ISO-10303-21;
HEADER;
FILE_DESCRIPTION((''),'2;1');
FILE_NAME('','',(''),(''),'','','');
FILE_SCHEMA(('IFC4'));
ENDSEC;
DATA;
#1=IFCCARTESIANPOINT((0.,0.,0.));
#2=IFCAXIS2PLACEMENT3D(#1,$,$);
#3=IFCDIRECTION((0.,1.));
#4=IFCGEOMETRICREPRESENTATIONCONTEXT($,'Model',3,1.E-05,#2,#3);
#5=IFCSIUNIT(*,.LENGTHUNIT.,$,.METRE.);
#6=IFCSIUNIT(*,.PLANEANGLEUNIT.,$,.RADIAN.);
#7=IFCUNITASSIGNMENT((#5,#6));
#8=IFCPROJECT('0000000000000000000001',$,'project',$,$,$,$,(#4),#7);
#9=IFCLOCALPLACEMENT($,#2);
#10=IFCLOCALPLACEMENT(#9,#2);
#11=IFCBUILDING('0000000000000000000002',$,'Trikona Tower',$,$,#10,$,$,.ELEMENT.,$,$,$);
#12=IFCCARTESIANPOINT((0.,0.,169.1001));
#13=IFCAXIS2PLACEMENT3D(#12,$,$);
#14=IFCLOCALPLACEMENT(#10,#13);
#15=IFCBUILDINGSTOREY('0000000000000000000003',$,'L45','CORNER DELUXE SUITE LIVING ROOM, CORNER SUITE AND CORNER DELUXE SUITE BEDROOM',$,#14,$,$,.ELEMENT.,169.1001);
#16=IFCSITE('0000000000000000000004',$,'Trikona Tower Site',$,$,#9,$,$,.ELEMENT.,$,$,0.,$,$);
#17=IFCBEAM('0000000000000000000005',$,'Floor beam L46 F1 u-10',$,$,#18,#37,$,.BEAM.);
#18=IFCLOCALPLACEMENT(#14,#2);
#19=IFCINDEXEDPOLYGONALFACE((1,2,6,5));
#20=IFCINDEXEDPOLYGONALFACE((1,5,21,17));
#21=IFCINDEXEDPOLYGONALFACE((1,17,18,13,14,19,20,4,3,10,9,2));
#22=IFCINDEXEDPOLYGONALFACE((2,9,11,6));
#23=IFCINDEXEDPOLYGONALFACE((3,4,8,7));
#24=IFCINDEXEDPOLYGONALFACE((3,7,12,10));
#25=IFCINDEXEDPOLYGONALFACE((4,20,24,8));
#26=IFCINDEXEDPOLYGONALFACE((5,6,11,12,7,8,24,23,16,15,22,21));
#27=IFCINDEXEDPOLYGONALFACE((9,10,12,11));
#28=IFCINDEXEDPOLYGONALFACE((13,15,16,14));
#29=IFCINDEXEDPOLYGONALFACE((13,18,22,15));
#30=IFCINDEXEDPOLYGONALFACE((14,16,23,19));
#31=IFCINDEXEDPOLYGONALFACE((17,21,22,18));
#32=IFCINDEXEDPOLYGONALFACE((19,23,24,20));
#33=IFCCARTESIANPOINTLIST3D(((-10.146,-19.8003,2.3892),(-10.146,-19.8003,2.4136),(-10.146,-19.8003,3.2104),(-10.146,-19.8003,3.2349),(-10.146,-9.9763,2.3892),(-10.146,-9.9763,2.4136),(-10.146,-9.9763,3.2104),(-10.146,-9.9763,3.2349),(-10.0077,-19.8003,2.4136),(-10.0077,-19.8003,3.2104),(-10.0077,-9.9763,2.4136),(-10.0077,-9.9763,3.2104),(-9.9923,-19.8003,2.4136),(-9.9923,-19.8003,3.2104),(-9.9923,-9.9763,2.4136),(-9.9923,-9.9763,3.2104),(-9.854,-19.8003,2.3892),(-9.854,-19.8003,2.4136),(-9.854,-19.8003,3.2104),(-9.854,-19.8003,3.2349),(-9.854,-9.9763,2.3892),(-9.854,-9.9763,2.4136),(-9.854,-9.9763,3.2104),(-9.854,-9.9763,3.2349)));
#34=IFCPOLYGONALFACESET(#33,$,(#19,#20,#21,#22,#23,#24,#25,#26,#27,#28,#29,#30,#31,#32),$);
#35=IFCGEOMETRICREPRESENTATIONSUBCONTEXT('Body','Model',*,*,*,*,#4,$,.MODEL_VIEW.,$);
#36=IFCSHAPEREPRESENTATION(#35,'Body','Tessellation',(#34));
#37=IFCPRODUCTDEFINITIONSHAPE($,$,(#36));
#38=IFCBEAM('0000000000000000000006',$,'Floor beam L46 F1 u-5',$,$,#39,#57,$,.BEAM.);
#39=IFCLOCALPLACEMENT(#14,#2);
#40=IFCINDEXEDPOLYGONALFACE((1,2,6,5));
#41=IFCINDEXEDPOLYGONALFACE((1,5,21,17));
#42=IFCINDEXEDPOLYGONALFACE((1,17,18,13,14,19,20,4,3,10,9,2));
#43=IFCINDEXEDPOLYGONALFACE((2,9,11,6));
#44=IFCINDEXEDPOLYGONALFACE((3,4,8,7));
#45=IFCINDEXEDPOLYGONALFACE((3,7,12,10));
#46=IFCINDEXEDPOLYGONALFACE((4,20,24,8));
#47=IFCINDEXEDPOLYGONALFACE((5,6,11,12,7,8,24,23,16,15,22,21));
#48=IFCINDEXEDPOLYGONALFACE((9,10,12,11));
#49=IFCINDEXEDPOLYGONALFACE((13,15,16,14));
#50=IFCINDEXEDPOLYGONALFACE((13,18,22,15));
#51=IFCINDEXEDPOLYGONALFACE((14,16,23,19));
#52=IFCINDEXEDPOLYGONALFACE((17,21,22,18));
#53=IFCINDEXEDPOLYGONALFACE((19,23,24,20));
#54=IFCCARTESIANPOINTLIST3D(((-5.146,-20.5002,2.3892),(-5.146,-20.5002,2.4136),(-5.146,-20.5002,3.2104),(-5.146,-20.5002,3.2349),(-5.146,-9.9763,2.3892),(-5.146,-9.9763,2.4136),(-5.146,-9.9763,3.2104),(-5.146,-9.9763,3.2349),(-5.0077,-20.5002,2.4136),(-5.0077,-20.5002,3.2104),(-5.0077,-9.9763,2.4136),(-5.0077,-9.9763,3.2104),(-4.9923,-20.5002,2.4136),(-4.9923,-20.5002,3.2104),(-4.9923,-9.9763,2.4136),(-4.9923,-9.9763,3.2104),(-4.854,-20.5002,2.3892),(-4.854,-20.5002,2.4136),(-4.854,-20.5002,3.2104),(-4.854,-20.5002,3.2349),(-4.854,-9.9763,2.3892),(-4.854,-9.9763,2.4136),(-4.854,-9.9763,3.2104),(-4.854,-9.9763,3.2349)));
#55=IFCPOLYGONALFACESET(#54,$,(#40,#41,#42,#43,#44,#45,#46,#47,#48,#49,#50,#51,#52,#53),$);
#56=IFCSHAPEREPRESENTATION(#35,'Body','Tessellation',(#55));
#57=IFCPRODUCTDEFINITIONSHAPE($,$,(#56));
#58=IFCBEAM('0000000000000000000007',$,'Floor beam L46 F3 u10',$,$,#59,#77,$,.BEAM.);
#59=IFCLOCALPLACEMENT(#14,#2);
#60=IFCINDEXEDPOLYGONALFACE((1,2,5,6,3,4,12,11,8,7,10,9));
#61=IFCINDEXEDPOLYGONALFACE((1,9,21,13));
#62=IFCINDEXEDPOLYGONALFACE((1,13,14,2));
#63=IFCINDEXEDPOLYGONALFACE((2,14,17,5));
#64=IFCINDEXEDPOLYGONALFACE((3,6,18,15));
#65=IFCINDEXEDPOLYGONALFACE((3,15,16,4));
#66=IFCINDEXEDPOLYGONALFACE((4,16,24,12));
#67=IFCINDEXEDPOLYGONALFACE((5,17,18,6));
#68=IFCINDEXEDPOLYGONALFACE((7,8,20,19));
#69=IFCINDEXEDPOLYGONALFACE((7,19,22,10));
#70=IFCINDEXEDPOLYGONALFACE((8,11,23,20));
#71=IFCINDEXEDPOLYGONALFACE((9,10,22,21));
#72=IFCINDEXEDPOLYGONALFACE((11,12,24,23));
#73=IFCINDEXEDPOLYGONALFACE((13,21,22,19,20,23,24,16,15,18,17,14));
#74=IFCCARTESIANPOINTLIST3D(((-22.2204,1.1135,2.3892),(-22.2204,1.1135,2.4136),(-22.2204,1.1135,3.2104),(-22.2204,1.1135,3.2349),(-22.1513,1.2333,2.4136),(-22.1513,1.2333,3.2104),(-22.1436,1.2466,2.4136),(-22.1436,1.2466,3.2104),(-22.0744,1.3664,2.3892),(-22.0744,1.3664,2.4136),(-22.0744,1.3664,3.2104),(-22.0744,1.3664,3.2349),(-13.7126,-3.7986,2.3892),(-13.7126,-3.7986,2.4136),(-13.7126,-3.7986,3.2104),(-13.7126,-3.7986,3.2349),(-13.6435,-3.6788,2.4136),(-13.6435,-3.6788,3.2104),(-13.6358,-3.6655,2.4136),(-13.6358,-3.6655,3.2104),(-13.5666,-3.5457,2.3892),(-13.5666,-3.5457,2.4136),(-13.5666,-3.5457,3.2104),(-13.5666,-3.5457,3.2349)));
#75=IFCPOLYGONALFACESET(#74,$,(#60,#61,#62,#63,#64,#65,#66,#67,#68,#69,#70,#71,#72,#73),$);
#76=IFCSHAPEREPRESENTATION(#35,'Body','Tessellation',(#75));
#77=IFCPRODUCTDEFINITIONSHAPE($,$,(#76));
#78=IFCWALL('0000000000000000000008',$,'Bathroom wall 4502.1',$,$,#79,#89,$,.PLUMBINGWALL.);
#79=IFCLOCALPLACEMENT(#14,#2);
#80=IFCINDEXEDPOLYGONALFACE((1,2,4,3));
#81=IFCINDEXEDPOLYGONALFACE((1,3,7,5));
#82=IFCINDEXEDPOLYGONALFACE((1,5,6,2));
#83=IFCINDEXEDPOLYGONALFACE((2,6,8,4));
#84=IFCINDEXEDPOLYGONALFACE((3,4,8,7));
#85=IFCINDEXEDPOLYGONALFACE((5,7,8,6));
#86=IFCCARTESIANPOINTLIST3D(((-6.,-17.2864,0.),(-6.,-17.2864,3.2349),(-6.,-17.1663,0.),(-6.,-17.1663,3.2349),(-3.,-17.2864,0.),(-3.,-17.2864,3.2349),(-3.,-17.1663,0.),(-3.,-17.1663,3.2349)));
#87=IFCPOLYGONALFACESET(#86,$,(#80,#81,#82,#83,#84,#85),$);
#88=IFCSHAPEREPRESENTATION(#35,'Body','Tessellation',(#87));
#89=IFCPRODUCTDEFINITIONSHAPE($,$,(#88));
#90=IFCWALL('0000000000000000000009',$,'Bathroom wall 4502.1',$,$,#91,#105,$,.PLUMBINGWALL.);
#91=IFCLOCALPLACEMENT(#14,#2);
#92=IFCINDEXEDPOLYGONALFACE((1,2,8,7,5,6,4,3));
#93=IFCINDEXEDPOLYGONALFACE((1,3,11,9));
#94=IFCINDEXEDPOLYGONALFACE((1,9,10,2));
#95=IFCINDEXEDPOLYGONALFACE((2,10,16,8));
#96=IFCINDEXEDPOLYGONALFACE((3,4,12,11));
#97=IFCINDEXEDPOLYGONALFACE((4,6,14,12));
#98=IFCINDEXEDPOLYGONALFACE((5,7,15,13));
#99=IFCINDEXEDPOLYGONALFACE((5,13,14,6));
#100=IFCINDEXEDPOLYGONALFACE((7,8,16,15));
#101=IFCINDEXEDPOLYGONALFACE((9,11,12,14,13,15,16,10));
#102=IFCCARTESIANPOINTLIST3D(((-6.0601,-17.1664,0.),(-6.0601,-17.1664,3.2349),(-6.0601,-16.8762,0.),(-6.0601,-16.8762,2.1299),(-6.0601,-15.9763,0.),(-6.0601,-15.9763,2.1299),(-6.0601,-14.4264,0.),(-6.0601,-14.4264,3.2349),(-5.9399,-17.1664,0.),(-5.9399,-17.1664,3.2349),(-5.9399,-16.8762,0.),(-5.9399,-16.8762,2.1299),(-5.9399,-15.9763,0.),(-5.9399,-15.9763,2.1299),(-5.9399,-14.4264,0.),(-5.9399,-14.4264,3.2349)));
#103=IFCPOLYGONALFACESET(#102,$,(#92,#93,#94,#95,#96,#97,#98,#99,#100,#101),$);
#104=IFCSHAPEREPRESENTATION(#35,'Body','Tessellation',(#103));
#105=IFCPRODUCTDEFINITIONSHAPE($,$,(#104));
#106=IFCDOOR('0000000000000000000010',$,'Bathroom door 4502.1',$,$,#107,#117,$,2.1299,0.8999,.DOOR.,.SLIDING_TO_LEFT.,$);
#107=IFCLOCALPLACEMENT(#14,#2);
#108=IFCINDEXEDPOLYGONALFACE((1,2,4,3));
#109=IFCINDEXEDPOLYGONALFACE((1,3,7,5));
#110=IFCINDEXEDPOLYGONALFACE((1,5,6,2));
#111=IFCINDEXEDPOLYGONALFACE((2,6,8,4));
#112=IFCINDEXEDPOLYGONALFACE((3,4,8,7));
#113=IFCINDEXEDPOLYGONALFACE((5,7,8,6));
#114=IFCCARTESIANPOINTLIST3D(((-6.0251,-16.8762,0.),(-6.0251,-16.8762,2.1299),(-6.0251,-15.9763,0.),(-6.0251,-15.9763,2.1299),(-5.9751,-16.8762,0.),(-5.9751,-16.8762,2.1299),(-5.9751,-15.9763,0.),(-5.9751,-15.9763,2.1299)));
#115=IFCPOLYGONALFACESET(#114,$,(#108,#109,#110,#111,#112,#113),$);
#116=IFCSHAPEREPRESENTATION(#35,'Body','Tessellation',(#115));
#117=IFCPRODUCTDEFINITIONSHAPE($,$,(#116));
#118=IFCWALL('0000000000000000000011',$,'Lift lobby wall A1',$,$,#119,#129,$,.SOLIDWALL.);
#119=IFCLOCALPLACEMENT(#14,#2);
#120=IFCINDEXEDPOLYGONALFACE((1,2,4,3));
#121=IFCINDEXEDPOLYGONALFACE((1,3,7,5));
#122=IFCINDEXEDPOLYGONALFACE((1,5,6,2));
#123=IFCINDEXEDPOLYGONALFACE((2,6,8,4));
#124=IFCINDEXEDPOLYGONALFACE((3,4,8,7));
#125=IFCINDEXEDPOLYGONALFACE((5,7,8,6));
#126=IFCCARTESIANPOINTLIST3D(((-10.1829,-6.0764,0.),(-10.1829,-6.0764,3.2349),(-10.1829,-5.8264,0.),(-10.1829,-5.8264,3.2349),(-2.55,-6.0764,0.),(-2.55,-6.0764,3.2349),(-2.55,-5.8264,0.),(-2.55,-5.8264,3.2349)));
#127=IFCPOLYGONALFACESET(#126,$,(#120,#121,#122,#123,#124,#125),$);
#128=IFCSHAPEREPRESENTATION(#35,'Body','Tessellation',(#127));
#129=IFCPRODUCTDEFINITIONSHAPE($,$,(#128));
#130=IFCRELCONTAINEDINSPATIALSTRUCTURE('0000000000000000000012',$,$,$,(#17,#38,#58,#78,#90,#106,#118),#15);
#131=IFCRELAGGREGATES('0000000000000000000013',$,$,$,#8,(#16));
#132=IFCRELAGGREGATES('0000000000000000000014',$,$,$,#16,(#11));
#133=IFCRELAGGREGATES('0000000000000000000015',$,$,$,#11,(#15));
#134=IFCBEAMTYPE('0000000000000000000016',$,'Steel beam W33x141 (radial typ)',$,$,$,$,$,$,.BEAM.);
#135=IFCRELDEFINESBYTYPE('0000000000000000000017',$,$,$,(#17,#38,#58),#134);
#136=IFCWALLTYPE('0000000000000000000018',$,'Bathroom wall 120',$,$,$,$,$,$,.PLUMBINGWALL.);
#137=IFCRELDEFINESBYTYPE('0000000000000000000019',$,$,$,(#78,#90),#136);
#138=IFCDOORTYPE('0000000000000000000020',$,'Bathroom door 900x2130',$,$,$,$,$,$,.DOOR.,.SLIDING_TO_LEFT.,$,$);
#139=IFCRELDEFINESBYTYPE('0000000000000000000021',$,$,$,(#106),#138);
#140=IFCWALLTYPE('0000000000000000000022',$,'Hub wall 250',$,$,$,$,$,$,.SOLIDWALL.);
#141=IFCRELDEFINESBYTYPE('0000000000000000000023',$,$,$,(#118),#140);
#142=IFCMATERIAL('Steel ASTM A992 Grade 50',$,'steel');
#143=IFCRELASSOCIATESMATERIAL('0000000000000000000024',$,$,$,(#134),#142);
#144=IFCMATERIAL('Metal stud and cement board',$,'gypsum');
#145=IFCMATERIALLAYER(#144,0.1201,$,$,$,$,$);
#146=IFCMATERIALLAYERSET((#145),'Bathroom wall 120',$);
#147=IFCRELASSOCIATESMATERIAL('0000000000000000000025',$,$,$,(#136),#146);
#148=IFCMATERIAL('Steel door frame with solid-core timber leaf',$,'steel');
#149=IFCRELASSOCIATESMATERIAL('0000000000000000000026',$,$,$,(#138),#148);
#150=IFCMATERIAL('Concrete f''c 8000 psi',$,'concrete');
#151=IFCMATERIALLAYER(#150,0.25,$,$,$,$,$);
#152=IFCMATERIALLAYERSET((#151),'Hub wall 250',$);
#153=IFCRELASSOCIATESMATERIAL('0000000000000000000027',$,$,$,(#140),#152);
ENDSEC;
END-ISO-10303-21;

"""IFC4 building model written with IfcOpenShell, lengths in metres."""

from ifc_helpers import new_model, si_unit, direction, frame, frame_2d, origin, origin_2d, place, context, subcontext, project, spatial, rectangle, i_section, extrude, material, layer, layer_set, material_profile, profile_set, type_object, element, fill, save


model = new_model("IFC4")

# Units and contexts
model_context = context("Model", 3, precision=1e-05, world=origin(), true_north=direction((0.0, 1.0)))
body_context = subcontext(model_context, "Body", "Model", "MODEL_VIEW")
ifc_project = project(units=[si_unit("LENGTHUNIT", "METRE"), si_unit("PLANEANGLEUNIT", "RADIAN")], contexts=[model_context])

# Site, building, storey
site_placement = place(None, origin())
site = spatial("IfcSite", under=ifc_project, at=site_placement, Name="Trikona Tower Site", CompositionType="ELEMENT", RefElevation=0.0)
building_placement = place(site_placement, origin())
building = spatial("IfcBuilding", under=site, at=building_placement, Name="Trikona Tower", CompositionType="ELEMENT")
storey_placement = place(building_placement, frame((0.0, 0.0, 169.1001)))
storey = spatial("IfcBuildingStorey", under=building, at=storey_placement, Name="L45", Description="CORNER DELUXE SUITE LIVING ROOM, CORNER SUITE AND CORNER DELUXE SUITE BEDROOM", CompositionType="ELEMENT", Elevation=169.1001)

# Beams
ifc_material_1 = material(Name="Steel ASTM A992 Grade 50", Category="steel")
ifc_material_profile = material_profile(ifc_material_1, i_section(OverallWidth=0.292, OverallDepth=0.8457, WebThickness=0.0154, FlangeThickness=0.0244, at=origin_2d()), Name="W33X141")
ifc_profile_set = profile_set([ifc_material_profile], Name="Steel ASTM A992 Grade 50")
beam_type = type_object("IfcBeamType", Name="Steel beam W33x141 (radial typ)", PredefinedType="BEAM", material=ifc_profile_set)
beam_1_placement = place(storey_placement, frame((-10.0, -9.9763, 2.812), z_axis=(0.0, -1.0, 0.0), x_axis=(1.0, 0.0, 0.0)))
element("IfcBeam", 1, at=beam_1_placement, inside=storey, type_object=beam_type, Name="Floor beam L46 F1 u-10", PredefinedType="BEAM", context=body_context, shape_type="SweptSolid", body=[
    extrude(i_section(OverallWidth=0.292, OverallDepth=0.8457, WebThickness=0.0154, FlangeThickness=0.0244, at=origin_2d()), origin(), (0.0, 0.0, 1.0), 9.824),
])
beam_2_placement = place(storey_placement, frame((-5.0, -9.9763, 2.812), z_axis=(0.0, -1.0, 0.0), x_axis=(1.0, 0.0, 0.0)))
element("IfcBeam", 2, at=beam_2_placement, inside=storey, type_object=beam_type, Name="Floor beam L46 F1 u-5", PredefinedType="BEAM", context=body_context, shape_type="SweptSolid", body=[
    extrude(i_section(OverallWidth=0.292, OverallDepth=0.8457, WebThickness=0.0154, FlangeThickness=0.0244, at=origin_2d()), origin(), (0.0, 0.0, 1.0), 10.5239),
])
beam_3_placement = place(storey_placement, frame((-13.6396, -3.6721, 2.812), z_axis=(-0.86602, 0.500009, 0.0), x_axis=(-0.500009, -0.86602, 0.0)))
element("IfcBeam", 3, at=beam_3_placement, inside=storey, type_object=beam_type, Name="Floor beam L46 F3 u10", PredefinedType="BEAM", context=body_context, shape_type="SweptSolid", body=[
    extrude(i_section(OverallWidth=0.292, OverallDepth=0.8457, WebThickness=0.0154, FlangeThickness=0.0244, at=origin_2d()), origin(), (0.0, 0.0, 1.0), 9.824),
])

# Wall
ifc_material_2 = material(Name="Metal stud and cement board", Category="gypsum")
ifc_layer_1 = layer(ifc_material_2, 0.1201)
ifc_layer_set_1 = layer_set([ifc_layer_1], Name="Bathroom wall 120")
wall_type_1 = type_object("IfcWallType", Name="Bathroom wall 120", PredefinedType="PLUMBINGWALL", material=ifc_layer_set_1)
wall_1_placement = place(storey_placement, frame((-6.0, -17.2263, 0.0), z_axis=(0.0, 0.0, 1.0), x_axis=(1.0, 0.0, 0.0)))
element("IfcWall", 4, at=wall_1_placement, inside=storey, type_object=wall_type_1, Name="Bathroom wall 4502.1", PredefinedType="PLUMBINGWALL", context=body_context, shape_type="SweptSolid", body=[
    extrude(rectangle(XDim=3.0, YDim=0.1201, at=frame_2d((1.5, 0.0))), origin(), (0.0, 0.0, 1.0), 3.2349),
])

# Wall, opening, door
wall_2_placement = place(storey_placement, frame((-6.0, -14.4263, 0.0), z_axis=(0.0, 0.0, 1.0), x_axis=(0.0, -1.0, 0.0)))
wall_2 = element("IfcWall", 5, at=wall_2_placement, inside=storey, type_object=wall_type_1, Name="Bathroom wall 4502.1", PredefinedType="PLUMBINGWALL", context=body_context, shape_type="SweptSolid", body=[
    extrude(rectangle(XDim=2.74, YDim=0.1201, at=frame_2d((1.3701, 0.0))), origin(), (0.0, 0.0, 1.0), 3.2349),
])
opening_1_placement = place(wall_2_placement, frame((1.55, 0.0, 0.0)))
opening_1 = element("IfcOpeningElement", 6, at=opening_1_placement, cuts=wall_2, PredefinedType="OPENING", context=body_context, shape_type="SweptSolid", body=[
    extrude(rectangle(XDim=0.8999, YDim=2.1299, at=frame_2d((0.45, 1.0649))), frame((0.0, 0.0701, 0.0), z_axis=(0.0, -1.0, 0.0), x_axis=(1.0, 0.0, 0.0)), (0.0, 0.0, 1.0), 0.1401),
])
ifc_material_3 = material(Name="Steel door frame with solid-core timber leaf", Category="steel")
door_type_1 = type_object("IfcDoorType", Name="Bathroom door 900x2130", OperationType="SLIDING_TO_LEFT", PredefinedType="DOOR", material=ifc_material_3)
door_1_placement = place(opening_1_placement, origin())
door_1 = element("IfcDoor", 7, at=door_1_placement, inside=storey, type_object=door_type_1, Name="Bathroom door 4502.1", OperationType="SLIDING_TO_LEFT", OverallHeight=2.1299, OverallWidth=0.8999, PredefinedType="DOOR", context=body_context, shape_type="SweptSolid", body=[
    extrude(rectangle(XDim=0.8999, YDim=2.1299, at=frame_2d((0.45, 1.0649))), frame((0.0, 0.0249, 0.0), z_axis=(0.0, -1.0, 0.0), x_axis=(1.0, 0.0, 0.0)), (0.0, 0.0, 1.0), 0.05),
])
fill(opening_1, door_1)

# Wall
ifc_material_4 = material(Name="Concrete f'c 8000 psi", Category="concrete")
ifc_layer_2 = layer(ifc_material_4, 0.25)
ifc_layer_set_2 = layer_set([ifc_layer_2], Name="Hub wall 250")
wall_type_2 = type_object("IfcWallType", Name="Hub wall 250", PredefinedType="SOLIDWALL", material=ifc_layer_set_2)
wall_3_placement = place(storey_placement, frame((-10.1829, -5.9514, 0.0), z_axis=(0.0, 0.0, 1.0), x_axis=(1.0, 0.0, 0.0)))
element("IfcWall", 8, at=wall_3_placement, inside=storey, type_object=wall_type_2, Name="Lift lobby wall A1", PredefinedType="SOLIDWALL", context=body_context, shape_type="SweptSolid", body=[
    extrude(rectangle(XDim=7.6328, YDim=0.25, at=frame_2d((3.8164, 0.0))), origin(), (0.0, 0.0, 1.0), 3.2349),
])

save(model, "model.ifc")
